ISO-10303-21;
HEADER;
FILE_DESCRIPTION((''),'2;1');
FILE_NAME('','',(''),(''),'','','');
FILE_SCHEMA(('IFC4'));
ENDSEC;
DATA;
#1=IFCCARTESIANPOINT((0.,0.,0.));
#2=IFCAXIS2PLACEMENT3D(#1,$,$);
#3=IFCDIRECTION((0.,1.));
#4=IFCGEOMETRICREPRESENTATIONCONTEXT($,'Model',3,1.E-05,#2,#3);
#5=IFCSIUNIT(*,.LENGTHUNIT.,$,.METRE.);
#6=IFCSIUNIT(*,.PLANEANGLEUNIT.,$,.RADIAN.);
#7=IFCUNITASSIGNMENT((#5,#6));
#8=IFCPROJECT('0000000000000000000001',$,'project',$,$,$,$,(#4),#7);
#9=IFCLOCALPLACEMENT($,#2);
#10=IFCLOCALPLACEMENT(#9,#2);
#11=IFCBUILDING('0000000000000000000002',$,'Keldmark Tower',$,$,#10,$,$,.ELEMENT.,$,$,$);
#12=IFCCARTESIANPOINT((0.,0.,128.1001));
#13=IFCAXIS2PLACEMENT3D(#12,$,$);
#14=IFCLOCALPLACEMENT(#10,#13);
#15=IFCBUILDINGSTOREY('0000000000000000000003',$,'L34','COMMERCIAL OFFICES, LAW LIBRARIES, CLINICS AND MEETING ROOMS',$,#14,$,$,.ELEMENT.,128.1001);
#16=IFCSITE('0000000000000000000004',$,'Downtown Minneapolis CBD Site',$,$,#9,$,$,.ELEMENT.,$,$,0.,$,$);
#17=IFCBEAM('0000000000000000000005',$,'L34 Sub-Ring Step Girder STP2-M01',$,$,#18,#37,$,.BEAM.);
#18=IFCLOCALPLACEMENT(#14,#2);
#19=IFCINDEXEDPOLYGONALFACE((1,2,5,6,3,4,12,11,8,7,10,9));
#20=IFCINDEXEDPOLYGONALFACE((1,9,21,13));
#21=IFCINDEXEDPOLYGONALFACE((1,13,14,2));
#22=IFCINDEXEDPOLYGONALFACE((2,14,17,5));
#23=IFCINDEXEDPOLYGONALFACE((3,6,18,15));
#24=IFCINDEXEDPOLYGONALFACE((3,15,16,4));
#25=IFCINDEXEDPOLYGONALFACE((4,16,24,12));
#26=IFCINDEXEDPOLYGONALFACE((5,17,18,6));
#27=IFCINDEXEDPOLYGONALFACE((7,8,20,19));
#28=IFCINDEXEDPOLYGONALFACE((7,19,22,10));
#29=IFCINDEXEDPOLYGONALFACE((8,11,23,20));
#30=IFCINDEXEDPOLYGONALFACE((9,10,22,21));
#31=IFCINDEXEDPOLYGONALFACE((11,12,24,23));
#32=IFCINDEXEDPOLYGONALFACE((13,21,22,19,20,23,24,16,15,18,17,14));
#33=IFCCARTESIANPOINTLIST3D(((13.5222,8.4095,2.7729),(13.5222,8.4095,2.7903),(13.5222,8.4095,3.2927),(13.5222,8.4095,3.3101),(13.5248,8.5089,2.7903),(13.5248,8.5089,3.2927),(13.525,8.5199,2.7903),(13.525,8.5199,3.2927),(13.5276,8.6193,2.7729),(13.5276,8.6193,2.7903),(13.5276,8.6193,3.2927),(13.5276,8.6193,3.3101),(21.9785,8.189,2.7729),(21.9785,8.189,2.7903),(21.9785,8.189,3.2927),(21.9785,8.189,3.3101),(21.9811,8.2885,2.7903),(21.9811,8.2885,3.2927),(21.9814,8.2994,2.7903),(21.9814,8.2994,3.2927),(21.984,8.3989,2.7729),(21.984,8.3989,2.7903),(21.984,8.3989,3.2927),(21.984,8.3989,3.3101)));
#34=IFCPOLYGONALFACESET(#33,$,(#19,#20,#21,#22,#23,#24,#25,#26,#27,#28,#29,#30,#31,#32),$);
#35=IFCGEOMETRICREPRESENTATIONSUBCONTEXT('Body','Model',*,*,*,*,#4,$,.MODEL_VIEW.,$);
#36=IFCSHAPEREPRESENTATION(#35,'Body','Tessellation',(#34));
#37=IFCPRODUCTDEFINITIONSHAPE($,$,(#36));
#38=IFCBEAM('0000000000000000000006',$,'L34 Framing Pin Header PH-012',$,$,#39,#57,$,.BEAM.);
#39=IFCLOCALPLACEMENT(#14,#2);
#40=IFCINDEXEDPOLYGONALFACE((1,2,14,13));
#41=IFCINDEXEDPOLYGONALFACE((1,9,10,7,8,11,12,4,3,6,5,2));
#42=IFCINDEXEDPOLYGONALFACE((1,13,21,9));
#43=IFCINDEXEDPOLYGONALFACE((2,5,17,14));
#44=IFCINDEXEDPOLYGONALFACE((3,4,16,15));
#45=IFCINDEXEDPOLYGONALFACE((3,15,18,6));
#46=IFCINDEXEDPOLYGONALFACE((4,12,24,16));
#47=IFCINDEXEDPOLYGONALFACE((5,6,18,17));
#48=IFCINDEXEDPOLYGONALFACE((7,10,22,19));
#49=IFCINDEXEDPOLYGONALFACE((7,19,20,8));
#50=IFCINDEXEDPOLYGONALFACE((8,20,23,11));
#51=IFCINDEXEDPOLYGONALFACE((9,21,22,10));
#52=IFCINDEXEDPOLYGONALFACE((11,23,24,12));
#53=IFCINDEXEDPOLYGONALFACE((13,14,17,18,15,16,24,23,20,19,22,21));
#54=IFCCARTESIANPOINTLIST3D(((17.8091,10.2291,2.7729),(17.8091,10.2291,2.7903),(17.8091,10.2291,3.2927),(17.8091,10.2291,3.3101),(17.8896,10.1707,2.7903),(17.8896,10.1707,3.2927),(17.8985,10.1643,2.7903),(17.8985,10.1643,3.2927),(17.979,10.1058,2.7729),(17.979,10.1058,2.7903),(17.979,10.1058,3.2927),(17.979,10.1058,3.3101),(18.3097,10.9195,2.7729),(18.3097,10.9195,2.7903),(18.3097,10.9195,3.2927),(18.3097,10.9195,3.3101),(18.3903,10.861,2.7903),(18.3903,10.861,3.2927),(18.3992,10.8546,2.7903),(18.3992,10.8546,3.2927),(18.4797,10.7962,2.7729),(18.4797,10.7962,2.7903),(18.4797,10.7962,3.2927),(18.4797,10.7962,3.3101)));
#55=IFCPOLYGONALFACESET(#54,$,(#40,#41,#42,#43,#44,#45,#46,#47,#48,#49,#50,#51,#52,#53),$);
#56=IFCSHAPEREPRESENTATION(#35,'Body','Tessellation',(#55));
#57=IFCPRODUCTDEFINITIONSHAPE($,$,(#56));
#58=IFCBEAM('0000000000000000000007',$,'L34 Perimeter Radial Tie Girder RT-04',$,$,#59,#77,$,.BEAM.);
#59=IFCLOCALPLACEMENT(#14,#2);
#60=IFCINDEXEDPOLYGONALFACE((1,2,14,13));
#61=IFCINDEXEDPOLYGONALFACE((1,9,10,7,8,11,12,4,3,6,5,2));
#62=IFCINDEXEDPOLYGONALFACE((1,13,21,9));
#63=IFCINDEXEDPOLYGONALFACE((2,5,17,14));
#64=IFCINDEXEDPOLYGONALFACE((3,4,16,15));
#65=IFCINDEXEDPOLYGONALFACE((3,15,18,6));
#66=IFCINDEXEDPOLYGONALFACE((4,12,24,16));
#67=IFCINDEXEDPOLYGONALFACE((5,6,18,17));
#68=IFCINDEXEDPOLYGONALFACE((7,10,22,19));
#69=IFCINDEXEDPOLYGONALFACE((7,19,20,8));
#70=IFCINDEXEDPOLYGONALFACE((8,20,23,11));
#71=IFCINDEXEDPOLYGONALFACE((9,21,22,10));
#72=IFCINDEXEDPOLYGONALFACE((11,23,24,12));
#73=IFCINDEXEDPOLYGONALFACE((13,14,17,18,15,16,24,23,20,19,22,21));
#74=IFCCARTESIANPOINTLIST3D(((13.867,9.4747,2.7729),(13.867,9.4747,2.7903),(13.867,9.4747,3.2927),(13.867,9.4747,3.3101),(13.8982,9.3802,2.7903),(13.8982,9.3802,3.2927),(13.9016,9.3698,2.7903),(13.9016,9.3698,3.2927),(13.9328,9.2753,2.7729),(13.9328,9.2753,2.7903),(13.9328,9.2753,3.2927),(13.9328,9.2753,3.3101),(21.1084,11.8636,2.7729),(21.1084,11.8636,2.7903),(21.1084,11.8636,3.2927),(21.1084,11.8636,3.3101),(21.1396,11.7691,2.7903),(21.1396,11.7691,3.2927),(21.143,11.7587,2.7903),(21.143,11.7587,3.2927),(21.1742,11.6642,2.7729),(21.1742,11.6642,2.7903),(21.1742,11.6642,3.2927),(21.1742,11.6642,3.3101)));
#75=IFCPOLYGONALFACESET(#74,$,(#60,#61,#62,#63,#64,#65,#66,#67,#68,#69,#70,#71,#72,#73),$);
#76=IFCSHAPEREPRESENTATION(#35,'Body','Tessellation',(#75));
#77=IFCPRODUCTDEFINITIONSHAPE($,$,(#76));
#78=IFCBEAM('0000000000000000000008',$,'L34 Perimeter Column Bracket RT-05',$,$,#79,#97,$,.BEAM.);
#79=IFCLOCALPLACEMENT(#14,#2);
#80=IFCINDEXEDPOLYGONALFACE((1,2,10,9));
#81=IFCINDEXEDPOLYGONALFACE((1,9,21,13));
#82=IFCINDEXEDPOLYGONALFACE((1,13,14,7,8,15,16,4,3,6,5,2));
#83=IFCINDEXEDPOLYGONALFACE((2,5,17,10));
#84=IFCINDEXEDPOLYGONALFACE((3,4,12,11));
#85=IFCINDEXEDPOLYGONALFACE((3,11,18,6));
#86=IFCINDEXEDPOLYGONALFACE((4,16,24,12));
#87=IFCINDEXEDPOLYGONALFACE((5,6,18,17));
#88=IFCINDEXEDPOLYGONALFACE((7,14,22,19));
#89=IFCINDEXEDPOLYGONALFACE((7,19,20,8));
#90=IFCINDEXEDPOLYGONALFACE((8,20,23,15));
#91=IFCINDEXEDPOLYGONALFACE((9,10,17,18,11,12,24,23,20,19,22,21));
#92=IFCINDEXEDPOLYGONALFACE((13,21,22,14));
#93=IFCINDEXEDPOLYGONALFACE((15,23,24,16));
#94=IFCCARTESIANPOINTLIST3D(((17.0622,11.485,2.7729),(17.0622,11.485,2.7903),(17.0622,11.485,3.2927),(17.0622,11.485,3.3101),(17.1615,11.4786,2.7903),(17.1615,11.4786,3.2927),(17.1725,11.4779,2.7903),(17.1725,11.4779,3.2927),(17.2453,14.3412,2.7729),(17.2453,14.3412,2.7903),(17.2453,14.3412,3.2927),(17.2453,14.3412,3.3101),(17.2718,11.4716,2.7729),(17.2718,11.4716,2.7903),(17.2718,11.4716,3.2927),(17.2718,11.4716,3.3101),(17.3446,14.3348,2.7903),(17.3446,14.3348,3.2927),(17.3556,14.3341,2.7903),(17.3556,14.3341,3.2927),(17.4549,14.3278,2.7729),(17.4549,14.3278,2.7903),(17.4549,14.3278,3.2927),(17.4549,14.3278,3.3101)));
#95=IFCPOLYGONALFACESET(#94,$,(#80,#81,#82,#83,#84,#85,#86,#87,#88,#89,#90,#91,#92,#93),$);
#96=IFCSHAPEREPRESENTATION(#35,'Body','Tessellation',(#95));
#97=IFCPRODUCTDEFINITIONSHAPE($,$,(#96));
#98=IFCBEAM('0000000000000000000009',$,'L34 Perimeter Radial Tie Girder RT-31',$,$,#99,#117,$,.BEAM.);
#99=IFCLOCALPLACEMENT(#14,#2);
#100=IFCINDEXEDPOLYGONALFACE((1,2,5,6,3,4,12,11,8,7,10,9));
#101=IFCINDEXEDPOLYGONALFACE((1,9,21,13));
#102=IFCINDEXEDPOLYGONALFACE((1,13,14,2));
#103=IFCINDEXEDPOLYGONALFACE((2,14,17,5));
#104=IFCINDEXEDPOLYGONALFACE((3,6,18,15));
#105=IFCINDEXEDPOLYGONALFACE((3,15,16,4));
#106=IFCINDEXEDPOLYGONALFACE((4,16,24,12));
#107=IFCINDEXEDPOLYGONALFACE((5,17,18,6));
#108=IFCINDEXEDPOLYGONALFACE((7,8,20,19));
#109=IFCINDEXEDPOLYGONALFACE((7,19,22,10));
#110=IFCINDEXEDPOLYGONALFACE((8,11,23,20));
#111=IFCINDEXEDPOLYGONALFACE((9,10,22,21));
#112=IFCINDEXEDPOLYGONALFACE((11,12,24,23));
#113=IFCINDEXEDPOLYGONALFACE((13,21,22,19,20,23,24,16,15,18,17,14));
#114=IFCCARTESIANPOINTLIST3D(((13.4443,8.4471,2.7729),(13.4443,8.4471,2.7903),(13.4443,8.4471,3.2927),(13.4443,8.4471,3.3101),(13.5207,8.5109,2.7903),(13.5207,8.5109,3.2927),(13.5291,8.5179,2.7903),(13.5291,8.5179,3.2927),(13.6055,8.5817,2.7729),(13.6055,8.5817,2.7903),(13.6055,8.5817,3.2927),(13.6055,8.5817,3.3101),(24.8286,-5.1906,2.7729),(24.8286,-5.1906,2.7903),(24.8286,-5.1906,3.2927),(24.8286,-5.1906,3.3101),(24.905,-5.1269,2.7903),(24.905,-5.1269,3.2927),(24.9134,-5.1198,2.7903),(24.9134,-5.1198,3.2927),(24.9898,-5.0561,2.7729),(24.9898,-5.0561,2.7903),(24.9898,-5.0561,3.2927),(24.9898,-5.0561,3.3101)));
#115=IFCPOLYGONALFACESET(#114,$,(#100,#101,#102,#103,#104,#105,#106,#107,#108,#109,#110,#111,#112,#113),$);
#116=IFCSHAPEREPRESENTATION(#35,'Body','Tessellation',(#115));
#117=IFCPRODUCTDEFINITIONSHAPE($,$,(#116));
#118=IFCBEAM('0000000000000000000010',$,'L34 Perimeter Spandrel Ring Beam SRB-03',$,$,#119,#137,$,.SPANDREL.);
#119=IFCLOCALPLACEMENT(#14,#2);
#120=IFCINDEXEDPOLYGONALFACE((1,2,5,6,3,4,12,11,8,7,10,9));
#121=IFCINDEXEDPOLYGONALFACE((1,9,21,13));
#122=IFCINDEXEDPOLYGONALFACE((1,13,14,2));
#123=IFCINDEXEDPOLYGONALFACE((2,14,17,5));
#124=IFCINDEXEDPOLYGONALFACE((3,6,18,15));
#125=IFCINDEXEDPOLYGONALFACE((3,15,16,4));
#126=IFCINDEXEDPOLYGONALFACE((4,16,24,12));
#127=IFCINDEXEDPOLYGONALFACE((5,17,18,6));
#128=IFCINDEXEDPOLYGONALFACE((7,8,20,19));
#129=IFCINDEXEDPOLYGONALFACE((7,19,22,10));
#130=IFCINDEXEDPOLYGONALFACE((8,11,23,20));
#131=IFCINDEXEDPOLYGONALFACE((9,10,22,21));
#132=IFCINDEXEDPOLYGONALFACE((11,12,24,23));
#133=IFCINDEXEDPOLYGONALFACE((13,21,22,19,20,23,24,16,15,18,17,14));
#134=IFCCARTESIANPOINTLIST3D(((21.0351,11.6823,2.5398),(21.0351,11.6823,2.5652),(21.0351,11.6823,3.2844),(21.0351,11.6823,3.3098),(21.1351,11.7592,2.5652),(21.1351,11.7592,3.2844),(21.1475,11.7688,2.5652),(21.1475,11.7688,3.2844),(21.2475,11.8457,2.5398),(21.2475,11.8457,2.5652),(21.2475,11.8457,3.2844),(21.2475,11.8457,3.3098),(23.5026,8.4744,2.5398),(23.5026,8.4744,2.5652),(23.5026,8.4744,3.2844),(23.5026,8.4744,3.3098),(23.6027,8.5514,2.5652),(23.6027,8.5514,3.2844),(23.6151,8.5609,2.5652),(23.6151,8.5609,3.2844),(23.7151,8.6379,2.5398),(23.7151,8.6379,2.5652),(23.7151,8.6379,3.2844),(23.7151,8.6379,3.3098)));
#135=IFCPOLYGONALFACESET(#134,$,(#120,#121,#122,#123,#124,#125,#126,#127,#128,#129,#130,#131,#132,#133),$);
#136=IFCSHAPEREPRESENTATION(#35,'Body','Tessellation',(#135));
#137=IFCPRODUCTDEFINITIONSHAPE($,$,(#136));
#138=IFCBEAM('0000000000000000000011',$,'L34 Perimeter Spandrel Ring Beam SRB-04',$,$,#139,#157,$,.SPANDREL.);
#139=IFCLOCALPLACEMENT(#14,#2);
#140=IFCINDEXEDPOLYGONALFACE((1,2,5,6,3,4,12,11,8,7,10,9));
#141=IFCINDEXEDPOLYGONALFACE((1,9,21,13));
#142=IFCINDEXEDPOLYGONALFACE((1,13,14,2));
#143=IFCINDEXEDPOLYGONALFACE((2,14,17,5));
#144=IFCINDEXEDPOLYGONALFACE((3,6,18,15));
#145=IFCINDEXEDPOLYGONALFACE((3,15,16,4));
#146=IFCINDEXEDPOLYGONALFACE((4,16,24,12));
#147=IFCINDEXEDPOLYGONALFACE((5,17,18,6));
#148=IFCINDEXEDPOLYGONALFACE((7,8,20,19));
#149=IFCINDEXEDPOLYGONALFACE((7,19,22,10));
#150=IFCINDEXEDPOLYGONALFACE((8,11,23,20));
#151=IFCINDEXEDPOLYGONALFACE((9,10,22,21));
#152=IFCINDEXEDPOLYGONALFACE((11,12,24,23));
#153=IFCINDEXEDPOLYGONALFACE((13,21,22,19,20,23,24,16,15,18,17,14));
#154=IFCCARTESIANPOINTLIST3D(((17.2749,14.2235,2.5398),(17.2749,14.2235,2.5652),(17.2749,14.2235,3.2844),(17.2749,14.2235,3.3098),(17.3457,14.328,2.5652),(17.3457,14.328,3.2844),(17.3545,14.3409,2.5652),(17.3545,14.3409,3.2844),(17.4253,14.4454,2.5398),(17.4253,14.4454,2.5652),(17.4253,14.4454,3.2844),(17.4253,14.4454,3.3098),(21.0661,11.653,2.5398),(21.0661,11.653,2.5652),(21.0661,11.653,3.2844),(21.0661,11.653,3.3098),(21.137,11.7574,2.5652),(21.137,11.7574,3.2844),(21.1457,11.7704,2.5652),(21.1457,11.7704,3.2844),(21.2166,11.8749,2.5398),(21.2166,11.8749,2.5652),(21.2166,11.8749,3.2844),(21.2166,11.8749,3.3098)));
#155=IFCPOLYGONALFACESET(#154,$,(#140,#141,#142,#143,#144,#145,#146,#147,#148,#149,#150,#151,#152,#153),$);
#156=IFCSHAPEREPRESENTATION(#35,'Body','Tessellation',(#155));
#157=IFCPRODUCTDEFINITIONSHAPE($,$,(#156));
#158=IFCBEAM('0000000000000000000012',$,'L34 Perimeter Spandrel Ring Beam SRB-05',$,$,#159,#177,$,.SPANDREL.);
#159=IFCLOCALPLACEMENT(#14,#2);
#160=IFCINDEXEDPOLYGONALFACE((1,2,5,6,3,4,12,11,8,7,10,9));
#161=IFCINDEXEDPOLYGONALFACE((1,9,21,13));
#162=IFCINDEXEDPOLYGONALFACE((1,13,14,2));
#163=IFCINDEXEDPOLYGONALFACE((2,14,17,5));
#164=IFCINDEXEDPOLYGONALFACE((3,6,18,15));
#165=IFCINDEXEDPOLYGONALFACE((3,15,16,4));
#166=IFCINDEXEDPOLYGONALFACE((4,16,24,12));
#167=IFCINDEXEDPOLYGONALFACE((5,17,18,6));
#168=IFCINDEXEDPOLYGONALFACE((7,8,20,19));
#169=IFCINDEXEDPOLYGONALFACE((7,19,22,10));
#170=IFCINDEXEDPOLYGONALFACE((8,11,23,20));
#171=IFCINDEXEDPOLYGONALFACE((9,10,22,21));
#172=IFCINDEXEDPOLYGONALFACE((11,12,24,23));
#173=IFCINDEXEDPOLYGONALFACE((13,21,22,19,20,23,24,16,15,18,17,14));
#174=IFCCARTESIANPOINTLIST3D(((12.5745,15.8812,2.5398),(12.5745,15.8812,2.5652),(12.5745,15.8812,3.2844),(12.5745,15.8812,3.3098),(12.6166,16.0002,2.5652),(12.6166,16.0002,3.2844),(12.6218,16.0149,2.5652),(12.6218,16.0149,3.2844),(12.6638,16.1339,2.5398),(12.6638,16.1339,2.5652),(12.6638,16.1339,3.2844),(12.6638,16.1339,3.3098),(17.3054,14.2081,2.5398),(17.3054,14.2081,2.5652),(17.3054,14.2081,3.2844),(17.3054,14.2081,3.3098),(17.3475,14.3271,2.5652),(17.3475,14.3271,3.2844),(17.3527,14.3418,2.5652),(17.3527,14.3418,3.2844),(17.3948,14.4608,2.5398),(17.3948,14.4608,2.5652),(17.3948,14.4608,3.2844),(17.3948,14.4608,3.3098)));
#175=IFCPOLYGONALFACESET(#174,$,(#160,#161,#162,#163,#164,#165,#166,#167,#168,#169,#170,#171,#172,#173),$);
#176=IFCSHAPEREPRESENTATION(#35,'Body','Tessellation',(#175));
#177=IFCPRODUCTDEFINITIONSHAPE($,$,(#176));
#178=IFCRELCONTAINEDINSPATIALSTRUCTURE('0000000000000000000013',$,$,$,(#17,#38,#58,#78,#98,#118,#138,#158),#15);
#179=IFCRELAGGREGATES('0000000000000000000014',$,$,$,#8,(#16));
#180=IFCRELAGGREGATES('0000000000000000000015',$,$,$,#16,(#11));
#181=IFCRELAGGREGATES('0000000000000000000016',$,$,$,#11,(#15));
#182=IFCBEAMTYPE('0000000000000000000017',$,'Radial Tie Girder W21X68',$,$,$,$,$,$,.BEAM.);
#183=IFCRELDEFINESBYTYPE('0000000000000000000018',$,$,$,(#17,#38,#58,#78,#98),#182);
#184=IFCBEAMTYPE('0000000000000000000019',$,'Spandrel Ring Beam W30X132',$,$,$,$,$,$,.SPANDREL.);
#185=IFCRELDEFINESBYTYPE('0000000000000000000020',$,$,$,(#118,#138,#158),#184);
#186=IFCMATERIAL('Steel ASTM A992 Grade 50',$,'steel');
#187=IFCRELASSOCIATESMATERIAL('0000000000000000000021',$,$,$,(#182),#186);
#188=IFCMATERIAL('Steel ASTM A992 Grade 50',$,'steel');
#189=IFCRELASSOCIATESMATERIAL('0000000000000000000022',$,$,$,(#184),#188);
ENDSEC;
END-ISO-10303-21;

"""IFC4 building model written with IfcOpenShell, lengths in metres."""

from ifc_helpers import new_model, si_unit, direction, frame, origin, origin_2d, place, context, subcontext, project, spatial, i_section, extrude, material, material_profile, profile_set, type_object, element, save


model = new_model("IFC4")

# Units and contexts
model_context = context("Model", 3, precision=1e-05, world=origin(), true_north=direction((0.0, 1.0)))
body_context = subcontext(model_context, "Body", "Model", "MODEL_VIEW")
ifc_project = project(units=[si_unit("LENGTHUNIT", "METRE"), si_unit("PLANEANGLEUNIT", "RADIAN")], contexts=[model_context])

# Site, building, storey
site_placement = place(None, origin())
site = spatial("IfcSite", under=ifc_project, at=site_placement, Name="Downtown Minneapolis CBD Site", CompositionType="ELEMENT", RefElevation=0.0)
building_placement = place(site_placement, origin())
building = spatial("IfcBuilding", under=site, at=building_placement, Name="Keldmark Tower", CompositionType="ELEMENT")
storey_placement = place(building_placement, frame((0.0, 0.0, 128.1001)))
storey = spatial("IfcBuildingStorey", under=building, at=storey_placement, Name="L34", Description="COMMERCIAL OFFICES, LAW LIBRARIES, CLINICS AND MEETING ROOMS", CompositionType="ELEMENT", Elevation=128.1001)

# Beams
ifc_material_1 = material(Name="Steel ASTM A992 Grade 50", Category="steel")
ifc_material_profile_1 = material_profile(ifc_material_1, i_section(OverallWidth=0.21, OverallDepth=0.5371, WebThickness=0.011, FlangeThickness=0.0173, at=origin_2d()), Name="W21X68")
ifc_profile_set_1 = profile_set([ifc_material_profile_1], Name="Steel ASTM A992 Grade 50")
beam_type_1 = type_object("IfcBeamType", Name="Radial Tie Girder W21X68", PredefinedType="BEAM", material=ifc_profile_set_1)
beam_1_placement = place(storey_placement, frame((13.5249, 8.5144, 3.0415), z_axis=(0.99966, -0.026062, 0.0), x_axis=(0.026062, 0.99966, 0.0)))
element("IfcBeam", 1, at=beam_1_placement, inside=storey, type_object=beam_type_1, Name="L34 Sub-Ring Step Girder STP2-M01", PredefinedType="BEAM", context=body_context, shape_type="SweptSolid", body=[
    extrude(i_section(OverallWidth=0.21, OverallDepth=0.5371, WebThickness=0.011, FlangeThickness=0.0173, at=origin_2d()), origin(), (0.0, 0.0, 1.0), 8.4592),
])
beam_2_placement = place(storey_placement, frame((17.894, 10.1675, 3.0415), z_axis=(0.587099, 0.809515, 0.0), x_axis=(-0.809515, 0.587099, 0.0)))
element("IfcBeam", 2, at=beam_2_placement, inside=storey, type_object=beam_type_1, Name="L34 Framing Pin Header PH-012", PredefinedType="BEAM", context=body_context, shape_type="SweptSolid", body=[
    extrude(i_section(OverallWidth=0.21, OverallDepth=0.5371, WebThickness=0.011, FlangeThickness=0.0173, at=origin_2d()), origin(), (0.0, 0.0, 1.0), 0.8528),
])
beam_3_placement = place(storey_placement, frame((13.8999, 9.375, 3.0415), z_axis=(0.949658, 0.313287, 0.0), x_axis=(-0.313287, 0.949658, 0.0)))
element("IfcBeam", 3, at=beam_3_placement, inside=storey, type_object=beam_type_1, Name="L34 Perimeter Radial Tie Girder RT-04", PredefinedType="BEAM", context=body_context, shape_type="SweptSolid", body=[
    extrude(i_section(OverallWidth=0.21, OverallDepth=0.5371, WebThickness=0.011, FlangeThickness=0.0173, at=origin_2d()), origin(), (0.0, 0.0, 1.0), 7.6252),
])
beam_4_placement = place(storey_placement, frame((17.167, 11.4783, 3.0415), z_axis=(0.063977, 0.997951, 0.0), x_axis=(-0.997951, 0.063977, 0.0)))
element("IfcBeam", 4, at=beam_4_placement, inside=storey, type_object=beam_type_1, Name="L34 Perimeter Column Bracket RT-05", PredefinedType="BEAM", context=body_context, shape_type="SweptSolid", body=[
    extrude(i_section(OverallWidth=0.21, OverallDepth=0.5371, WebThickness=0.011, FlangeThickness=0.0173, at=origin_2d()), origin(), (0.0, 0.0, 1.0), 2.8621),
])
beam_5_placement = place(storey_placement, frame((13.5249, 8.5144, 3.0415), z_axis=(0.640833, -0.76768, 0.0), x_axis=(0.76768, 0.640833, 0.0)))
element("IfcBeam", 5, at=beam_5_placement, inside=storey, type_object=beam_type_1, Name="L34 Perimeter Radial Tie Girder RT-31", PredefinedType="BEAM", context=body_context, shape_type="SweptSolid", body=[
    extrude(i_section(OverallWidth=0.21, OverallDepth=0.5371, WebThickness=0.011, FlangeThickness=0.0173, at=origin_2d()), origin(), (0.0, 0.0, 1.0), 17.7649),
])
ifc_material_2 = material(Name="Steel ASTM A992 Grade 50", Category="steel")
ifc_material_profile_2 = material_profile(ifc_material_2, i_section(OverallWidth=0.2681, OverallDepth=0.77, WebThickness=0.0156, FlangeThickness=0.0254, at=origin_2d()), Name="W30X132")
ifc_profile_set_2 = profile_set([ifc_material_profile_2], Name="Steel ASTM A992 Grade 50")
beam_type_2 = type_object("IfcBeamType", Name="Spandrel Ring Beam W30X132", PredefinedType="SPANDREL", material=ifc_profile_set_2)
beam_6_placement = place(storey_placement, frame((23.6089, 8.5562, 2.9248), z_axis=(-0.609714, 0.792622, 0.0), x_axis=(-0.792622, -0.609714, 0.0)))
element("IfcBeam", 6, at=beam_6_placement, inside=storey, type_object=beam_type_2, Name="L34 Perimeter Spandrel Ring Beam SRB-03", PredefinedType="SPANDREL", context=body_context, shape_type="SweptSolid", body=[
    extrude(i_section(OverallWidth=0.2681, OverallDepth=0.77, WebThickness=0.0156, FlangeThickness=0.0254, at=origin_2d()), origin(), (0.0, 0.0, 1.0), 4.0471),
])
beam_7_placement = place(storey_placement, frame((21.1414, 11.7639, 2.9248), z_axis=(-0.827687, 0.56119, 0.0), x_axis=(-0.56119, -0.827687, 0.0)))
element("IfcBeam", 7, at=beam_7_placement, inside=storey, type_object=beam_type_2, Name="L34 Perimeter Spandrel Ring Beam SRB-04", PredefinedType="SPANDREL", context=body_context, shape_type="SweptSolid", body=[
    extrude(i_section(OverallWidth=0.2681, OverallDepth=0.77, WebThickness=0.0156, FlangeThickness=0.0254, at=origin_2d()), origin(), (0.0, 0.0, 1.0), 4.5806),
])
beam_8_placement = place(storey_placement, frame((17.3501, 14.3345, 2.9248), z_axis=(-0.942781, 0.333413, 0.0), x_axis=(-0.333413, -0.942781, 0.0)))
element("IfcBeam", 8, at=beam_8_placement, inside=storey, type_object=beam_type_2, Name="L34 Perimeter Spandrel Ring Beam SRB-05", PredefinedType="SPANDREL", context=body_context, shape_type="SweptSolid", body=[
    extrude(i_section(OverallWidth=0.2681, OverallDepth=0.77, WebThickness=0.0156, FlangeThickness=0.0254, at=origin_2d()), origin(), (0.0, 0.0, 1.0), 5.0181),
])

save(model, "model.ifc")
